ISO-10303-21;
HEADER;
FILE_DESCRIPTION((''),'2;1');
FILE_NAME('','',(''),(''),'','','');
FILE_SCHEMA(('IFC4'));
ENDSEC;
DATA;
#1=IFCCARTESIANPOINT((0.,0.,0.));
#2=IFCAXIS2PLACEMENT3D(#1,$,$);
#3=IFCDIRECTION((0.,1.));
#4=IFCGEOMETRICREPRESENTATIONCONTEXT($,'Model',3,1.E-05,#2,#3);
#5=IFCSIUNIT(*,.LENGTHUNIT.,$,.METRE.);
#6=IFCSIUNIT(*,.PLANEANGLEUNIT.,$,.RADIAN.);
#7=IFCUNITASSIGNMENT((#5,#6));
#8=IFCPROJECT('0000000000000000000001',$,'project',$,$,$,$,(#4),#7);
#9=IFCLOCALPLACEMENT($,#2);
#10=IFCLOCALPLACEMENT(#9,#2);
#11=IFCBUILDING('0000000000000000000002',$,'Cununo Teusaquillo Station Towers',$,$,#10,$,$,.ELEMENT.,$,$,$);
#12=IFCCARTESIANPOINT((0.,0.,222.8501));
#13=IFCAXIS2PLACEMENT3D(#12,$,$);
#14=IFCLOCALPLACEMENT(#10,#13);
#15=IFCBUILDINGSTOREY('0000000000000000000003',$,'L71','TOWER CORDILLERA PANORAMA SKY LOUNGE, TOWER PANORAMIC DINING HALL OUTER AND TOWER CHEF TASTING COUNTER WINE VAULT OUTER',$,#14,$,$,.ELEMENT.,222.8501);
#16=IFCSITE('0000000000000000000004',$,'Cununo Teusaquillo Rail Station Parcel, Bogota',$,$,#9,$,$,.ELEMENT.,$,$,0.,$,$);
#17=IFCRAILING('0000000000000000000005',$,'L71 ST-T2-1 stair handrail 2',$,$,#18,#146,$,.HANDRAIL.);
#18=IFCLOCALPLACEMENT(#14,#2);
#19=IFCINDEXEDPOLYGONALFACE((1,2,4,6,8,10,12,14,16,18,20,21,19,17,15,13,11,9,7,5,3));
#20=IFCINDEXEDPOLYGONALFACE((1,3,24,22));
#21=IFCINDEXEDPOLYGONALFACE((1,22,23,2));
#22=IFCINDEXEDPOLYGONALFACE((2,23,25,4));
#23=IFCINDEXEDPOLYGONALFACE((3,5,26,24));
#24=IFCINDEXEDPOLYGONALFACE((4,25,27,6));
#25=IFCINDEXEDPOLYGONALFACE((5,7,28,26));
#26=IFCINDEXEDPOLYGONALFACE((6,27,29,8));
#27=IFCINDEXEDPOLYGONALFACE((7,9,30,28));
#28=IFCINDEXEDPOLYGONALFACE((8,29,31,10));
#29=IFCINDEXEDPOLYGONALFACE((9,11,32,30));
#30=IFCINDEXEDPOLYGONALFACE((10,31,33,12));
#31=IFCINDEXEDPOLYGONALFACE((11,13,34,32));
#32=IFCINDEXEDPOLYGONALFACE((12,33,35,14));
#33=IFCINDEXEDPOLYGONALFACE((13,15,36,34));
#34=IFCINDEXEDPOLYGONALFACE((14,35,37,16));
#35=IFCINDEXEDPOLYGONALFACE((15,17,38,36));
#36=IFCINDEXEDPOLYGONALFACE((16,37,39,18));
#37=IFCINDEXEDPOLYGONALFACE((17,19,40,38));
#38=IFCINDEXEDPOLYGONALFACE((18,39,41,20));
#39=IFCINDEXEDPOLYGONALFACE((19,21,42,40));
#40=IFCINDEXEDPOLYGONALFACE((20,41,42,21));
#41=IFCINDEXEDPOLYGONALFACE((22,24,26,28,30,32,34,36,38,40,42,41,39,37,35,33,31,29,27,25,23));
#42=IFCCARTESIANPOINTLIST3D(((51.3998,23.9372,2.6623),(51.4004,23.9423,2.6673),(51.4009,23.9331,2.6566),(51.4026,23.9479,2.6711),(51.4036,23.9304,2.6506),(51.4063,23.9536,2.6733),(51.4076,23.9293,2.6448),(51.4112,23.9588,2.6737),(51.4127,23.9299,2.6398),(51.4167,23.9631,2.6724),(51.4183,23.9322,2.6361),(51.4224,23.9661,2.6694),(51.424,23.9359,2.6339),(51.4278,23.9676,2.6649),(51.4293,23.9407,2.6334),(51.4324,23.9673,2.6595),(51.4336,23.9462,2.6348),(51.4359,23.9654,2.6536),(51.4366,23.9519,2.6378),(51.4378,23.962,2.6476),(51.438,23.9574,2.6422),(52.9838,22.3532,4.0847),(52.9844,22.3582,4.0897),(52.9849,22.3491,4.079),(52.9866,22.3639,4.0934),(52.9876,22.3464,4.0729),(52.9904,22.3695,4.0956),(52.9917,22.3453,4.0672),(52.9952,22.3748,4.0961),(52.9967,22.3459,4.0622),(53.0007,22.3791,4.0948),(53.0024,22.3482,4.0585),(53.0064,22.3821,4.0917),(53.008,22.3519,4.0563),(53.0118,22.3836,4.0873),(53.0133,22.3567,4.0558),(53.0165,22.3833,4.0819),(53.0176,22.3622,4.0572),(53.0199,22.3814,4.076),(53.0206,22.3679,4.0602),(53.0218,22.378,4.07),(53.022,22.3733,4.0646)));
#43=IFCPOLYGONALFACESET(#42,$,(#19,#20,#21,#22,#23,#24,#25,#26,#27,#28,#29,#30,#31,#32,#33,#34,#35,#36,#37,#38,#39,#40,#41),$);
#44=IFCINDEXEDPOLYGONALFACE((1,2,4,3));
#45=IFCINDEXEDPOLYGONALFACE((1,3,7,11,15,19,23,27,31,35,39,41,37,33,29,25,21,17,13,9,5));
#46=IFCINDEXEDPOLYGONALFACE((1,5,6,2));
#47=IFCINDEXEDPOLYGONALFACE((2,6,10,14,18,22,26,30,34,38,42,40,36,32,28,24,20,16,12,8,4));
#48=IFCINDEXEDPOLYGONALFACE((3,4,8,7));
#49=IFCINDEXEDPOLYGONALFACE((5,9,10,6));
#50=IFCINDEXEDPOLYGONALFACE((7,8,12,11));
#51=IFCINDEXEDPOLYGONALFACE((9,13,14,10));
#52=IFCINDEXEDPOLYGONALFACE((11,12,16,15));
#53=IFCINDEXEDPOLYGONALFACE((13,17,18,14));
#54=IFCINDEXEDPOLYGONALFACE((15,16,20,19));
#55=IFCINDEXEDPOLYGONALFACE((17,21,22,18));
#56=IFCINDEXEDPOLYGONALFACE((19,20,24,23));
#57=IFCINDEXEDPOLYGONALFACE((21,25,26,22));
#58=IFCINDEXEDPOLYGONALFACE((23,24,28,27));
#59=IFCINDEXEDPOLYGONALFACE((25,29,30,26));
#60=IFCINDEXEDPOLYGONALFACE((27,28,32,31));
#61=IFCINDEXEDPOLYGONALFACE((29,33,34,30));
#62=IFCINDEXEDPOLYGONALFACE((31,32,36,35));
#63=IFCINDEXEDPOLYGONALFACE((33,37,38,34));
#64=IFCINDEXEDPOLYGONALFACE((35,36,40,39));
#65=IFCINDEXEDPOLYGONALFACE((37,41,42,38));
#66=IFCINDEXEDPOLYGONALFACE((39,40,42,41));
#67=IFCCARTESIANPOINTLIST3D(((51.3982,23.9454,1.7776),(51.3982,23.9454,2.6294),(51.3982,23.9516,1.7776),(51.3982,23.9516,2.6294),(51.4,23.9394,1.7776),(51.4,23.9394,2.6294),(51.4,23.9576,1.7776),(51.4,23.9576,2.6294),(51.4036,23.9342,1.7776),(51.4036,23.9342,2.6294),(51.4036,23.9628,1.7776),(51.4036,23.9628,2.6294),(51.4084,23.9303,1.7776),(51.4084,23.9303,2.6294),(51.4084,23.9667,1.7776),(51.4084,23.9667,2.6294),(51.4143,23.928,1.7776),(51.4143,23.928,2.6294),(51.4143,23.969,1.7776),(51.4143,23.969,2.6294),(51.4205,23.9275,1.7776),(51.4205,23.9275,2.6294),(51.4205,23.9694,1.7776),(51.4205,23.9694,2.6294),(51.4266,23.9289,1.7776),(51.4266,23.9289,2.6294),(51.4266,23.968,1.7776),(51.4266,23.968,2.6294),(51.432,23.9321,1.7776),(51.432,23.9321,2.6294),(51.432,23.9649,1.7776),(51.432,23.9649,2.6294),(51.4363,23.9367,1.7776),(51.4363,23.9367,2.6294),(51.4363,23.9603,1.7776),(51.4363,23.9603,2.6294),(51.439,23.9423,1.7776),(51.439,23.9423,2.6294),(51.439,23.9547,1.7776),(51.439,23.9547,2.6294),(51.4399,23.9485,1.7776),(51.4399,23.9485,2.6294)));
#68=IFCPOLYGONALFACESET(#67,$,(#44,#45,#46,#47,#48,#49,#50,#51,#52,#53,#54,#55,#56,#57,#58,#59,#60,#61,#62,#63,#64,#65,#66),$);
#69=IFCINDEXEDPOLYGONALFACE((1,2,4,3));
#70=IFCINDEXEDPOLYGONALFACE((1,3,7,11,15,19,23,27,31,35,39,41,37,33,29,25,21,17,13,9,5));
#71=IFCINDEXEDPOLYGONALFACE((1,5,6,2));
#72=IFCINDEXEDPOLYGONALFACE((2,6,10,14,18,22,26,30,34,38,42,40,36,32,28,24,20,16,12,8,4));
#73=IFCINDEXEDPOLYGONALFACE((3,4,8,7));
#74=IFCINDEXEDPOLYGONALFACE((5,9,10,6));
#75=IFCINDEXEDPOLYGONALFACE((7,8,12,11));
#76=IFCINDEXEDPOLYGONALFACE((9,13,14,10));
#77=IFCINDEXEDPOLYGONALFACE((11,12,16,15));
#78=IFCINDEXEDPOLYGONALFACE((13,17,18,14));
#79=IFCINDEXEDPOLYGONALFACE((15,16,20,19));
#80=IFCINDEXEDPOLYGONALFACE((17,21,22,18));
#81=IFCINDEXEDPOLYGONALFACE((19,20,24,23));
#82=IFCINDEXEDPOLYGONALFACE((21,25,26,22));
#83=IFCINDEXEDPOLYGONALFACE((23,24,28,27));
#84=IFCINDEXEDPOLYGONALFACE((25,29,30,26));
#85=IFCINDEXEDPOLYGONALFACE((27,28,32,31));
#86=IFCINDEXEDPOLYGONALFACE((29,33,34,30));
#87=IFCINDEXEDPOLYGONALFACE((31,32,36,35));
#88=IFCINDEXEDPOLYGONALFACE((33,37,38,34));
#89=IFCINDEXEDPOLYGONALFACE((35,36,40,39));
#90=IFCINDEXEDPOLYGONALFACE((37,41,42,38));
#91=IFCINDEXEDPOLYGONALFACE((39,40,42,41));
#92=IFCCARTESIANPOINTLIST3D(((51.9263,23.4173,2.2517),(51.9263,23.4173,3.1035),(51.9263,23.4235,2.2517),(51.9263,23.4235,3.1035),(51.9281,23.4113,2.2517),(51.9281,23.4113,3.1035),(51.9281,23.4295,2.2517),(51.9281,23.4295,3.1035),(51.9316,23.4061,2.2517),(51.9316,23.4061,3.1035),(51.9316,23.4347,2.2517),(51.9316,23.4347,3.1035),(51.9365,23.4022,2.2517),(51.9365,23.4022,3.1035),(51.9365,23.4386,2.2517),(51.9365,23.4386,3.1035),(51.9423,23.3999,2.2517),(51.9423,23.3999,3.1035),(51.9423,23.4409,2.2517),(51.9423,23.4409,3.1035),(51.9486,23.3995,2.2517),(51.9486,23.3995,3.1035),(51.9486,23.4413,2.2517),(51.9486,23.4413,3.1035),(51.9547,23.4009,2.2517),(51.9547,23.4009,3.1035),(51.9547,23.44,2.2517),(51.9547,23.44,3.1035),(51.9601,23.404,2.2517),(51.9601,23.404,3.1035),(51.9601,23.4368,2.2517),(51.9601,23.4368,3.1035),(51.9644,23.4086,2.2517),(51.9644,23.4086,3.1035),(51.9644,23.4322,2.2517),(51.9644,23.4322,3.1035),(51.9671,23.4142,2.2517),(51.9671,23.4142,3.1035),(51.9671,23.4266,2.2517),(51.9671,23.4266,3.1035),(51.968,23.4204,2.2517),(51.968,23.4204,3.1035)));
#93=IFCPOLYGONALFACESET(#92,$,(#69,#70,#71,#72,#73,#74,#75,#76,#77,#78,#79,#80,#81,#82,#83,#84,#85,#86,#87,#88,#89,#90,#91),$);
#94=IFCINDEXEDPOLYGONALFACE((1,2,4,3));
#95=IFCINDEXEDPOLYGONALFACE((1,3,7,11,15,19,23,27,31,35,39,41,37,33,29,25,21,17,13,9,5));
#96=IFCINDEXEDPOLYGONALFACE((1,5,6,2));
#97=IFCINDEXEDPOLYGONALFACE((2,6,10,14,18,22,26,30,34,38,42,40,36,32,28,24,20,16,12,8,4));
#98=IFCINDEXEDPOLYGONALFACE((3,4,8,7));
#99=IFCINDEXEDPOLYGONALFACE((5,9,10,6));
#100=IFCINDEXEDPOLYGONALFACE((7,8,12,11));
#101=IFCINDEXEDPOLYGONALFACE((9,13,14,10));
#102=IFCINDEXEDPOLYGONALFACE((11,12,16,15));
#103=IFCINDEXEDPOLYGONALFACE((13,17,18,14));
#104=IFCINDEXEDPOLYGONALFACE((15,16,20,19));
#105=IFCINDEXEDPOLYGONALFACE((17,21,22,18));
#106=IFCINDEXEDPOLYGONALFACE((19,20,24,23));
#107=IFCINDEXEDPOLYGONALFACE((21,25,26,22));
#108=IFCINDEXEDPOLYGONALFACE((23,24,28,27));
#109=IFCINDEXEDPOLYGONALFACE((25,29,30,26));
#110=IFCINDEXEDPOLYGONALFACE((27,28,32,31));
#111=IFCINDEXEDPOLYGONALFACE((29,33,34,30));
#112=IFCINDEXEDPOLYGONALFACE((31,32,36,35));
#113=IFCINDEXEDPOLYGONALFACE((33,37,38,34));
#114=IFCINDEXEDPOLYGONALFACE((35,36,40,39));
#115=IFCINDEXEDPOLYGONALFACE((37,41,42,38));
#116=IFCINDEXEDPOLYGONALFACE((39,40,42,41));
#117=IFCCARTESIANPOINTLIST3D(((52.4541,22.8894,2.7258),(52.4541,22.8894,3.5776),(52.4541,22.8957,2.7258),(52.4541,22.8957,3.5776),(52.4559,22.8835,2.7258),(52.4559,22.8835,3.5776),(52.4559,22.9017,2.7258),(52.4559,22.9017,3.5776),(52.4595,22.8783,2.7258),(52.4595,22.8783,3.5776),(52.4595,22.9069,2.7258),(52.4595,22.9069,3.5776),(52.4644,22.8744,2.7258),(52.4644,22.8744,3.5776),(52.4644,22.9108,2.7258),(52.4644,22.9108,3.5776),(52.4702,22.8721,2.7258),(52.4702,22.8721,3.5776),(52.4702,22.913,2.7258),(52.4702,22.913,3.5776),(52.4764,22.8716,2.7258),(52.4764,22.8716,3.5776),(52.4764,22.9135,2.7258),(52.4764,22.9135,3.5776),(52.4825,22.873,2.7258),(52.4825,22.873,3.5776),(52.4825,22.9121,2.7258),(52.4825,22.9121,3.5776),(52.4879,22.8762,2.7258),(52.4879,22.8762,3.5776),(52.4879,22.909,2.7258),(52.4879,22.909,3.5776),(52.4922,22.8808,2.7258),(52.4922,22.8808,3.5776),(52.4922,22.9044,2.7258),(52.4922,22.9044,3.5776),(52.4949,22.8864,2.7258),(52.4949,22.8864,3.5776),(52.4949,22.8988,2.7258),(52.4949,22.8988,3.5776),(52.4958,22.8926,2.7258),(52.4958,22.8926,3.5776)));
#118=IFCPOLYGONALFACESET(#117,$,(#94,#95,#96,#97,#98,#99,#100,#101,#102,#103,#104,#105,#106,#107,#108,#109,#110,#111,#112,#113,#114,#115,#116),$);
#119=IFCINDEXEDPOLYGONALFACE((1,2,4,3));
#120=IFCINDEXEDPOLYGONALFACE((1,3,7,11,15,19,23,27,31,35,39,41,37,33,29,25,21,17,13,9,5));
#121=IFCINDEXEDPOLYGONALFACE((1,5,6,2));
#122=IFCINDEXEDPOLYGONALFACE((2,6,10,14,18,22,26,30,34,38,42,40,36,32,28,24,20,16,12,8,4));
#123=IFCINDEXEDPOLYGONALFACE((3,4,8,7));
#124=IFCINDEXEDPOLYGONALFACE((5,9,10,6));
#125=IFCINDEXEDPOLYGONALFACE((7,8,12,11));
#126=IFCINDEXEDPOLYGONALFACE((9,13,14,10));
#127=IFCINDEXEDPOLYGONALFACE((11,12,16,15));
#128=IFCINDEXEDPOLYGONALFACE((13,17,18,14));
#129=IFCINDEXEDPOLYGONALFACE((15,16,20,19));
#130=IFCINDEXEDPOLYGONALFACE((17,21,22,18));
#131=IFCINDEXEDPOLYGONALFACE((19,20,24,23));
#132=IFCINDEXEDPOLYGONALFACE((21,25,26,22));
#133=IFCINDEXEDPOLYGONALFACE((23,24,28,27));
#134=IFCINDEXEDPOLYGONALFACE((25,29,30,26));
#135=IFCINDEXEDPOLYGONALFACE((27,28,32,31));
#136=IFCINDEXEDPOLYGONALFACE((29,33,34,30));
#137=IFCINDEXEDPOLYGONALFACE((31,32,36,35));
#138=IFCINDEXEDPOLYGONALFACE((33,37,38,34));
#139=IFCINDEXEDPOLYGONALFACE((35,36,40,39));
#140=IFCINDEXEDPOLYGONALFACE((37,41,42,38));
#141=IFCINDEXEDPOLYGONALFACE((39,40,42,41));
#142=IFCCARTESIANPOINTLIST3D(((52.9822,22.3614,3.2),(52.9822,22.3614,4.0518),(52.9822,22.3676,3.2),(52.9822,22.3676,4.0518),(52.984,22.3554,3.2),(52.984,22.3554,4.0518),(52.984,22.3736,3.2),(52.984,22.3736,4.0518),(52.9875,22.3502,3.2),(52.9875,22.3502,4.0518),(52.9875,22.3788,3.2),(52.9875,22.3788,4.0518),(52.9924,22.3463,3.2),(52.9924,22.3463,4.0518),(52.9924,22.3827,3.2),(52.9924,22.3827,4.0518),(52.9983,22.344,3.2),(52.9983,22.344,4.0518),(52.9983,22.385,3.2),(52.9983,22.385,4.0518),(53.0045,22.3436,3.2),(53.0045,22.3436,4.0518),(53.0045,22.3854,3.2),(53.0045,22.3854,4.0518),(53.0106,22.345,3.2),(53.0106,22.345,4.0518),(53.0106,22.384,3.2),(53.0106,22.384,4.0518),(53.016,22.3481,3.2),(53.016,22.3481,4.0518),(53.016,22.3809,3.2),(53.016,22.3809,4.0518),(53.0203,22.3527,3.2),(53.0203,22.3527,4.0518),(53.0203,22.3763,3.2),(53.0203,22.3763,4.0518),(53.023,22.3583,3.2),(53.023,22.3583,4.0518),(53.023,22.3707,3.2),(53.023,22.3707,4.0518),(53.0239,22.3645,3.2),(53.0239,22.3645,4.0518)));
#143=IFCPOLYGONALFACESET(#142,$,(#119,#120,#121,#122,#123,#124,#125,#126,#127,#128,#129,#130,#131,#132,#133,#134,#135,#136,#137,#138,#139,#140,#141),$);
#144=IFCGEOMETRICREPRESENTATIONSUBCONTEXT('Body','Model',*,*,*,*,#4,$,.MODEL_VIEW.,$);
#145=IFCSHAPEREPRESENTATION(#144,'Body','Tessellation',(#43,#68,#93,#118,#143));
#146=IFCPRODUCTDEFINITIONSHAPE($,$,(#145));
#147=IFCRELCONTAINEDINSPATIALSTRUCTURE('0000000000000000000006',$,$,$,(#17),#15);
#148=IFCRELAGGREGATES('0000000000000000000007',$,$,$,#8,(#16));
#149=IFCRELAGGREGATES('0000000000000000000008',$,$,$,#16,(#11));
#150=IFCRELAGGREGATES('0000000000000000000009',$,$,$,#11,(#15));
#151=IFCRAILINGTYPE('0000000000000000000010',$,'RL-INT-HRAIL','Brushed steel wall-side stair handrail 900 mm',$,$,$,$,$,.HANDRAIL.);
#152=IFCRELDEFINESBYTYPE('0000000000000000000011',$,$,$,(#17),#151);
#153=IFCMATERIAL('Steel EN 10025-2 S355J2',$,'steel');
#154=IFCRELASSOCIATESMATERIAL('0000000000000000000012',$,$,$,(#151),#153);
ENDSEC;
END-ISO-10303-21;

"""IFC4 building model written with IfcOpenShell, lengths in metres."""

from ifc_helpers import new_model, si_unit, direction, frame, origin, origin_2d, place, context, subcontext, project, spatial, circle, extrude, material, type_object, element, save


model = new_model("IFC4")

# Units and contexts
model_context = context("Model", 3, precision=1e-05, world=origin(), true_north=direction((0.0, 1.0)))
body_context = subcontext(model_context, "Body", "Model", "MODEL_VIEW")
ifc_project = project(units=[si_unit("LENGTHUNIT", "METRE"), si_unit("PLANEANGLEUNIT", "RADIAN")], contexts=[model_context])

# Site, building, storey
site_placement = place(None, origin())
site = spatial("IfcSite", under=ifc_project, at=site_placement, Name="Cununo Teusaquillo Rail Station Parcel, Bogota", CompositionType="ELEMENT", RefElevation=0.0)
building_placement = place(site_placement, origin())
building = spatial("IfcBuilding", under=site, at=building_placement, Name="Cununo Teusaquillo Station Towers", CompositionType="ELEMENT")
storey_placement = place(building_placement, frame((0.0, 0.0, 222.8501)))
storey = spatial("IfcBuildingStorey", under=building, at=storey_placement, Name="L71", Description="TOWER CORDILLERA PANORAMA SKY LOUNGE, TOWER PANORAMIC DINING HALL OUTER AND TOWER CHEF TASTING COUNTER WINE VAULT OUTER", CompositionType="ELEMENT", Elevation=222.8501)

# Railing
ifc_material_1 = material(Name="Steel EN 10025-2 S355J2", Category="steel")
railing_type_1 = type_object("IfcRailingType", Name="RL-INT-HRAIL", Description="Brushed steel wall-side stair handrail 900 mm", PredefinedType="HANDRAIL", material=ifc_material_1)
railing_1_placement = place(storey_placement, frame((51.4189, 23.9485, 1.7776)))
element("IfcRailing", 1, at=railing_1_placement, inside=storey, type_object=railing_type_1, Name="L71 ST-T2-1 stair handrail 2", PredefinedType="HANDRAIL", context=body_context, shape_type="SweptSolid", body=[
    extrude(circle(Radius=0.0239, at=origin_2d()), frame((0.0, 0.0, 0.876), z_axis=(0.596939, -0.596939, 0.53603), x_axis=(0.707107, 0.707107, 0.0)), (0.0, 0.0, 1.0), 2.6536),
    extrude(circle(Radius=0.021, at=origin_2d()), origin(), (0.0, 0.0, 1.0), 0.8518),
    extrude(circle(Radius=0.021, at=origin_2d()), frame((0.5281, -0.5281, 0.4741)), (0.0, 0.0, 1.0), 0.8518),
    extrude(circle(Radius=0.021, at=origin_2d()), frame((1.0559, -1.0559, 0.9482)), (0.0, 0.0, 1.0), 0.8518),
    extrude(circle(Radius=0.021, at=origin_2d()), frame((1.584, -1.584, 1.4224)), (0.0, 0.0, 1.0), 0.8518),
])

save(model, "model.ifc")
